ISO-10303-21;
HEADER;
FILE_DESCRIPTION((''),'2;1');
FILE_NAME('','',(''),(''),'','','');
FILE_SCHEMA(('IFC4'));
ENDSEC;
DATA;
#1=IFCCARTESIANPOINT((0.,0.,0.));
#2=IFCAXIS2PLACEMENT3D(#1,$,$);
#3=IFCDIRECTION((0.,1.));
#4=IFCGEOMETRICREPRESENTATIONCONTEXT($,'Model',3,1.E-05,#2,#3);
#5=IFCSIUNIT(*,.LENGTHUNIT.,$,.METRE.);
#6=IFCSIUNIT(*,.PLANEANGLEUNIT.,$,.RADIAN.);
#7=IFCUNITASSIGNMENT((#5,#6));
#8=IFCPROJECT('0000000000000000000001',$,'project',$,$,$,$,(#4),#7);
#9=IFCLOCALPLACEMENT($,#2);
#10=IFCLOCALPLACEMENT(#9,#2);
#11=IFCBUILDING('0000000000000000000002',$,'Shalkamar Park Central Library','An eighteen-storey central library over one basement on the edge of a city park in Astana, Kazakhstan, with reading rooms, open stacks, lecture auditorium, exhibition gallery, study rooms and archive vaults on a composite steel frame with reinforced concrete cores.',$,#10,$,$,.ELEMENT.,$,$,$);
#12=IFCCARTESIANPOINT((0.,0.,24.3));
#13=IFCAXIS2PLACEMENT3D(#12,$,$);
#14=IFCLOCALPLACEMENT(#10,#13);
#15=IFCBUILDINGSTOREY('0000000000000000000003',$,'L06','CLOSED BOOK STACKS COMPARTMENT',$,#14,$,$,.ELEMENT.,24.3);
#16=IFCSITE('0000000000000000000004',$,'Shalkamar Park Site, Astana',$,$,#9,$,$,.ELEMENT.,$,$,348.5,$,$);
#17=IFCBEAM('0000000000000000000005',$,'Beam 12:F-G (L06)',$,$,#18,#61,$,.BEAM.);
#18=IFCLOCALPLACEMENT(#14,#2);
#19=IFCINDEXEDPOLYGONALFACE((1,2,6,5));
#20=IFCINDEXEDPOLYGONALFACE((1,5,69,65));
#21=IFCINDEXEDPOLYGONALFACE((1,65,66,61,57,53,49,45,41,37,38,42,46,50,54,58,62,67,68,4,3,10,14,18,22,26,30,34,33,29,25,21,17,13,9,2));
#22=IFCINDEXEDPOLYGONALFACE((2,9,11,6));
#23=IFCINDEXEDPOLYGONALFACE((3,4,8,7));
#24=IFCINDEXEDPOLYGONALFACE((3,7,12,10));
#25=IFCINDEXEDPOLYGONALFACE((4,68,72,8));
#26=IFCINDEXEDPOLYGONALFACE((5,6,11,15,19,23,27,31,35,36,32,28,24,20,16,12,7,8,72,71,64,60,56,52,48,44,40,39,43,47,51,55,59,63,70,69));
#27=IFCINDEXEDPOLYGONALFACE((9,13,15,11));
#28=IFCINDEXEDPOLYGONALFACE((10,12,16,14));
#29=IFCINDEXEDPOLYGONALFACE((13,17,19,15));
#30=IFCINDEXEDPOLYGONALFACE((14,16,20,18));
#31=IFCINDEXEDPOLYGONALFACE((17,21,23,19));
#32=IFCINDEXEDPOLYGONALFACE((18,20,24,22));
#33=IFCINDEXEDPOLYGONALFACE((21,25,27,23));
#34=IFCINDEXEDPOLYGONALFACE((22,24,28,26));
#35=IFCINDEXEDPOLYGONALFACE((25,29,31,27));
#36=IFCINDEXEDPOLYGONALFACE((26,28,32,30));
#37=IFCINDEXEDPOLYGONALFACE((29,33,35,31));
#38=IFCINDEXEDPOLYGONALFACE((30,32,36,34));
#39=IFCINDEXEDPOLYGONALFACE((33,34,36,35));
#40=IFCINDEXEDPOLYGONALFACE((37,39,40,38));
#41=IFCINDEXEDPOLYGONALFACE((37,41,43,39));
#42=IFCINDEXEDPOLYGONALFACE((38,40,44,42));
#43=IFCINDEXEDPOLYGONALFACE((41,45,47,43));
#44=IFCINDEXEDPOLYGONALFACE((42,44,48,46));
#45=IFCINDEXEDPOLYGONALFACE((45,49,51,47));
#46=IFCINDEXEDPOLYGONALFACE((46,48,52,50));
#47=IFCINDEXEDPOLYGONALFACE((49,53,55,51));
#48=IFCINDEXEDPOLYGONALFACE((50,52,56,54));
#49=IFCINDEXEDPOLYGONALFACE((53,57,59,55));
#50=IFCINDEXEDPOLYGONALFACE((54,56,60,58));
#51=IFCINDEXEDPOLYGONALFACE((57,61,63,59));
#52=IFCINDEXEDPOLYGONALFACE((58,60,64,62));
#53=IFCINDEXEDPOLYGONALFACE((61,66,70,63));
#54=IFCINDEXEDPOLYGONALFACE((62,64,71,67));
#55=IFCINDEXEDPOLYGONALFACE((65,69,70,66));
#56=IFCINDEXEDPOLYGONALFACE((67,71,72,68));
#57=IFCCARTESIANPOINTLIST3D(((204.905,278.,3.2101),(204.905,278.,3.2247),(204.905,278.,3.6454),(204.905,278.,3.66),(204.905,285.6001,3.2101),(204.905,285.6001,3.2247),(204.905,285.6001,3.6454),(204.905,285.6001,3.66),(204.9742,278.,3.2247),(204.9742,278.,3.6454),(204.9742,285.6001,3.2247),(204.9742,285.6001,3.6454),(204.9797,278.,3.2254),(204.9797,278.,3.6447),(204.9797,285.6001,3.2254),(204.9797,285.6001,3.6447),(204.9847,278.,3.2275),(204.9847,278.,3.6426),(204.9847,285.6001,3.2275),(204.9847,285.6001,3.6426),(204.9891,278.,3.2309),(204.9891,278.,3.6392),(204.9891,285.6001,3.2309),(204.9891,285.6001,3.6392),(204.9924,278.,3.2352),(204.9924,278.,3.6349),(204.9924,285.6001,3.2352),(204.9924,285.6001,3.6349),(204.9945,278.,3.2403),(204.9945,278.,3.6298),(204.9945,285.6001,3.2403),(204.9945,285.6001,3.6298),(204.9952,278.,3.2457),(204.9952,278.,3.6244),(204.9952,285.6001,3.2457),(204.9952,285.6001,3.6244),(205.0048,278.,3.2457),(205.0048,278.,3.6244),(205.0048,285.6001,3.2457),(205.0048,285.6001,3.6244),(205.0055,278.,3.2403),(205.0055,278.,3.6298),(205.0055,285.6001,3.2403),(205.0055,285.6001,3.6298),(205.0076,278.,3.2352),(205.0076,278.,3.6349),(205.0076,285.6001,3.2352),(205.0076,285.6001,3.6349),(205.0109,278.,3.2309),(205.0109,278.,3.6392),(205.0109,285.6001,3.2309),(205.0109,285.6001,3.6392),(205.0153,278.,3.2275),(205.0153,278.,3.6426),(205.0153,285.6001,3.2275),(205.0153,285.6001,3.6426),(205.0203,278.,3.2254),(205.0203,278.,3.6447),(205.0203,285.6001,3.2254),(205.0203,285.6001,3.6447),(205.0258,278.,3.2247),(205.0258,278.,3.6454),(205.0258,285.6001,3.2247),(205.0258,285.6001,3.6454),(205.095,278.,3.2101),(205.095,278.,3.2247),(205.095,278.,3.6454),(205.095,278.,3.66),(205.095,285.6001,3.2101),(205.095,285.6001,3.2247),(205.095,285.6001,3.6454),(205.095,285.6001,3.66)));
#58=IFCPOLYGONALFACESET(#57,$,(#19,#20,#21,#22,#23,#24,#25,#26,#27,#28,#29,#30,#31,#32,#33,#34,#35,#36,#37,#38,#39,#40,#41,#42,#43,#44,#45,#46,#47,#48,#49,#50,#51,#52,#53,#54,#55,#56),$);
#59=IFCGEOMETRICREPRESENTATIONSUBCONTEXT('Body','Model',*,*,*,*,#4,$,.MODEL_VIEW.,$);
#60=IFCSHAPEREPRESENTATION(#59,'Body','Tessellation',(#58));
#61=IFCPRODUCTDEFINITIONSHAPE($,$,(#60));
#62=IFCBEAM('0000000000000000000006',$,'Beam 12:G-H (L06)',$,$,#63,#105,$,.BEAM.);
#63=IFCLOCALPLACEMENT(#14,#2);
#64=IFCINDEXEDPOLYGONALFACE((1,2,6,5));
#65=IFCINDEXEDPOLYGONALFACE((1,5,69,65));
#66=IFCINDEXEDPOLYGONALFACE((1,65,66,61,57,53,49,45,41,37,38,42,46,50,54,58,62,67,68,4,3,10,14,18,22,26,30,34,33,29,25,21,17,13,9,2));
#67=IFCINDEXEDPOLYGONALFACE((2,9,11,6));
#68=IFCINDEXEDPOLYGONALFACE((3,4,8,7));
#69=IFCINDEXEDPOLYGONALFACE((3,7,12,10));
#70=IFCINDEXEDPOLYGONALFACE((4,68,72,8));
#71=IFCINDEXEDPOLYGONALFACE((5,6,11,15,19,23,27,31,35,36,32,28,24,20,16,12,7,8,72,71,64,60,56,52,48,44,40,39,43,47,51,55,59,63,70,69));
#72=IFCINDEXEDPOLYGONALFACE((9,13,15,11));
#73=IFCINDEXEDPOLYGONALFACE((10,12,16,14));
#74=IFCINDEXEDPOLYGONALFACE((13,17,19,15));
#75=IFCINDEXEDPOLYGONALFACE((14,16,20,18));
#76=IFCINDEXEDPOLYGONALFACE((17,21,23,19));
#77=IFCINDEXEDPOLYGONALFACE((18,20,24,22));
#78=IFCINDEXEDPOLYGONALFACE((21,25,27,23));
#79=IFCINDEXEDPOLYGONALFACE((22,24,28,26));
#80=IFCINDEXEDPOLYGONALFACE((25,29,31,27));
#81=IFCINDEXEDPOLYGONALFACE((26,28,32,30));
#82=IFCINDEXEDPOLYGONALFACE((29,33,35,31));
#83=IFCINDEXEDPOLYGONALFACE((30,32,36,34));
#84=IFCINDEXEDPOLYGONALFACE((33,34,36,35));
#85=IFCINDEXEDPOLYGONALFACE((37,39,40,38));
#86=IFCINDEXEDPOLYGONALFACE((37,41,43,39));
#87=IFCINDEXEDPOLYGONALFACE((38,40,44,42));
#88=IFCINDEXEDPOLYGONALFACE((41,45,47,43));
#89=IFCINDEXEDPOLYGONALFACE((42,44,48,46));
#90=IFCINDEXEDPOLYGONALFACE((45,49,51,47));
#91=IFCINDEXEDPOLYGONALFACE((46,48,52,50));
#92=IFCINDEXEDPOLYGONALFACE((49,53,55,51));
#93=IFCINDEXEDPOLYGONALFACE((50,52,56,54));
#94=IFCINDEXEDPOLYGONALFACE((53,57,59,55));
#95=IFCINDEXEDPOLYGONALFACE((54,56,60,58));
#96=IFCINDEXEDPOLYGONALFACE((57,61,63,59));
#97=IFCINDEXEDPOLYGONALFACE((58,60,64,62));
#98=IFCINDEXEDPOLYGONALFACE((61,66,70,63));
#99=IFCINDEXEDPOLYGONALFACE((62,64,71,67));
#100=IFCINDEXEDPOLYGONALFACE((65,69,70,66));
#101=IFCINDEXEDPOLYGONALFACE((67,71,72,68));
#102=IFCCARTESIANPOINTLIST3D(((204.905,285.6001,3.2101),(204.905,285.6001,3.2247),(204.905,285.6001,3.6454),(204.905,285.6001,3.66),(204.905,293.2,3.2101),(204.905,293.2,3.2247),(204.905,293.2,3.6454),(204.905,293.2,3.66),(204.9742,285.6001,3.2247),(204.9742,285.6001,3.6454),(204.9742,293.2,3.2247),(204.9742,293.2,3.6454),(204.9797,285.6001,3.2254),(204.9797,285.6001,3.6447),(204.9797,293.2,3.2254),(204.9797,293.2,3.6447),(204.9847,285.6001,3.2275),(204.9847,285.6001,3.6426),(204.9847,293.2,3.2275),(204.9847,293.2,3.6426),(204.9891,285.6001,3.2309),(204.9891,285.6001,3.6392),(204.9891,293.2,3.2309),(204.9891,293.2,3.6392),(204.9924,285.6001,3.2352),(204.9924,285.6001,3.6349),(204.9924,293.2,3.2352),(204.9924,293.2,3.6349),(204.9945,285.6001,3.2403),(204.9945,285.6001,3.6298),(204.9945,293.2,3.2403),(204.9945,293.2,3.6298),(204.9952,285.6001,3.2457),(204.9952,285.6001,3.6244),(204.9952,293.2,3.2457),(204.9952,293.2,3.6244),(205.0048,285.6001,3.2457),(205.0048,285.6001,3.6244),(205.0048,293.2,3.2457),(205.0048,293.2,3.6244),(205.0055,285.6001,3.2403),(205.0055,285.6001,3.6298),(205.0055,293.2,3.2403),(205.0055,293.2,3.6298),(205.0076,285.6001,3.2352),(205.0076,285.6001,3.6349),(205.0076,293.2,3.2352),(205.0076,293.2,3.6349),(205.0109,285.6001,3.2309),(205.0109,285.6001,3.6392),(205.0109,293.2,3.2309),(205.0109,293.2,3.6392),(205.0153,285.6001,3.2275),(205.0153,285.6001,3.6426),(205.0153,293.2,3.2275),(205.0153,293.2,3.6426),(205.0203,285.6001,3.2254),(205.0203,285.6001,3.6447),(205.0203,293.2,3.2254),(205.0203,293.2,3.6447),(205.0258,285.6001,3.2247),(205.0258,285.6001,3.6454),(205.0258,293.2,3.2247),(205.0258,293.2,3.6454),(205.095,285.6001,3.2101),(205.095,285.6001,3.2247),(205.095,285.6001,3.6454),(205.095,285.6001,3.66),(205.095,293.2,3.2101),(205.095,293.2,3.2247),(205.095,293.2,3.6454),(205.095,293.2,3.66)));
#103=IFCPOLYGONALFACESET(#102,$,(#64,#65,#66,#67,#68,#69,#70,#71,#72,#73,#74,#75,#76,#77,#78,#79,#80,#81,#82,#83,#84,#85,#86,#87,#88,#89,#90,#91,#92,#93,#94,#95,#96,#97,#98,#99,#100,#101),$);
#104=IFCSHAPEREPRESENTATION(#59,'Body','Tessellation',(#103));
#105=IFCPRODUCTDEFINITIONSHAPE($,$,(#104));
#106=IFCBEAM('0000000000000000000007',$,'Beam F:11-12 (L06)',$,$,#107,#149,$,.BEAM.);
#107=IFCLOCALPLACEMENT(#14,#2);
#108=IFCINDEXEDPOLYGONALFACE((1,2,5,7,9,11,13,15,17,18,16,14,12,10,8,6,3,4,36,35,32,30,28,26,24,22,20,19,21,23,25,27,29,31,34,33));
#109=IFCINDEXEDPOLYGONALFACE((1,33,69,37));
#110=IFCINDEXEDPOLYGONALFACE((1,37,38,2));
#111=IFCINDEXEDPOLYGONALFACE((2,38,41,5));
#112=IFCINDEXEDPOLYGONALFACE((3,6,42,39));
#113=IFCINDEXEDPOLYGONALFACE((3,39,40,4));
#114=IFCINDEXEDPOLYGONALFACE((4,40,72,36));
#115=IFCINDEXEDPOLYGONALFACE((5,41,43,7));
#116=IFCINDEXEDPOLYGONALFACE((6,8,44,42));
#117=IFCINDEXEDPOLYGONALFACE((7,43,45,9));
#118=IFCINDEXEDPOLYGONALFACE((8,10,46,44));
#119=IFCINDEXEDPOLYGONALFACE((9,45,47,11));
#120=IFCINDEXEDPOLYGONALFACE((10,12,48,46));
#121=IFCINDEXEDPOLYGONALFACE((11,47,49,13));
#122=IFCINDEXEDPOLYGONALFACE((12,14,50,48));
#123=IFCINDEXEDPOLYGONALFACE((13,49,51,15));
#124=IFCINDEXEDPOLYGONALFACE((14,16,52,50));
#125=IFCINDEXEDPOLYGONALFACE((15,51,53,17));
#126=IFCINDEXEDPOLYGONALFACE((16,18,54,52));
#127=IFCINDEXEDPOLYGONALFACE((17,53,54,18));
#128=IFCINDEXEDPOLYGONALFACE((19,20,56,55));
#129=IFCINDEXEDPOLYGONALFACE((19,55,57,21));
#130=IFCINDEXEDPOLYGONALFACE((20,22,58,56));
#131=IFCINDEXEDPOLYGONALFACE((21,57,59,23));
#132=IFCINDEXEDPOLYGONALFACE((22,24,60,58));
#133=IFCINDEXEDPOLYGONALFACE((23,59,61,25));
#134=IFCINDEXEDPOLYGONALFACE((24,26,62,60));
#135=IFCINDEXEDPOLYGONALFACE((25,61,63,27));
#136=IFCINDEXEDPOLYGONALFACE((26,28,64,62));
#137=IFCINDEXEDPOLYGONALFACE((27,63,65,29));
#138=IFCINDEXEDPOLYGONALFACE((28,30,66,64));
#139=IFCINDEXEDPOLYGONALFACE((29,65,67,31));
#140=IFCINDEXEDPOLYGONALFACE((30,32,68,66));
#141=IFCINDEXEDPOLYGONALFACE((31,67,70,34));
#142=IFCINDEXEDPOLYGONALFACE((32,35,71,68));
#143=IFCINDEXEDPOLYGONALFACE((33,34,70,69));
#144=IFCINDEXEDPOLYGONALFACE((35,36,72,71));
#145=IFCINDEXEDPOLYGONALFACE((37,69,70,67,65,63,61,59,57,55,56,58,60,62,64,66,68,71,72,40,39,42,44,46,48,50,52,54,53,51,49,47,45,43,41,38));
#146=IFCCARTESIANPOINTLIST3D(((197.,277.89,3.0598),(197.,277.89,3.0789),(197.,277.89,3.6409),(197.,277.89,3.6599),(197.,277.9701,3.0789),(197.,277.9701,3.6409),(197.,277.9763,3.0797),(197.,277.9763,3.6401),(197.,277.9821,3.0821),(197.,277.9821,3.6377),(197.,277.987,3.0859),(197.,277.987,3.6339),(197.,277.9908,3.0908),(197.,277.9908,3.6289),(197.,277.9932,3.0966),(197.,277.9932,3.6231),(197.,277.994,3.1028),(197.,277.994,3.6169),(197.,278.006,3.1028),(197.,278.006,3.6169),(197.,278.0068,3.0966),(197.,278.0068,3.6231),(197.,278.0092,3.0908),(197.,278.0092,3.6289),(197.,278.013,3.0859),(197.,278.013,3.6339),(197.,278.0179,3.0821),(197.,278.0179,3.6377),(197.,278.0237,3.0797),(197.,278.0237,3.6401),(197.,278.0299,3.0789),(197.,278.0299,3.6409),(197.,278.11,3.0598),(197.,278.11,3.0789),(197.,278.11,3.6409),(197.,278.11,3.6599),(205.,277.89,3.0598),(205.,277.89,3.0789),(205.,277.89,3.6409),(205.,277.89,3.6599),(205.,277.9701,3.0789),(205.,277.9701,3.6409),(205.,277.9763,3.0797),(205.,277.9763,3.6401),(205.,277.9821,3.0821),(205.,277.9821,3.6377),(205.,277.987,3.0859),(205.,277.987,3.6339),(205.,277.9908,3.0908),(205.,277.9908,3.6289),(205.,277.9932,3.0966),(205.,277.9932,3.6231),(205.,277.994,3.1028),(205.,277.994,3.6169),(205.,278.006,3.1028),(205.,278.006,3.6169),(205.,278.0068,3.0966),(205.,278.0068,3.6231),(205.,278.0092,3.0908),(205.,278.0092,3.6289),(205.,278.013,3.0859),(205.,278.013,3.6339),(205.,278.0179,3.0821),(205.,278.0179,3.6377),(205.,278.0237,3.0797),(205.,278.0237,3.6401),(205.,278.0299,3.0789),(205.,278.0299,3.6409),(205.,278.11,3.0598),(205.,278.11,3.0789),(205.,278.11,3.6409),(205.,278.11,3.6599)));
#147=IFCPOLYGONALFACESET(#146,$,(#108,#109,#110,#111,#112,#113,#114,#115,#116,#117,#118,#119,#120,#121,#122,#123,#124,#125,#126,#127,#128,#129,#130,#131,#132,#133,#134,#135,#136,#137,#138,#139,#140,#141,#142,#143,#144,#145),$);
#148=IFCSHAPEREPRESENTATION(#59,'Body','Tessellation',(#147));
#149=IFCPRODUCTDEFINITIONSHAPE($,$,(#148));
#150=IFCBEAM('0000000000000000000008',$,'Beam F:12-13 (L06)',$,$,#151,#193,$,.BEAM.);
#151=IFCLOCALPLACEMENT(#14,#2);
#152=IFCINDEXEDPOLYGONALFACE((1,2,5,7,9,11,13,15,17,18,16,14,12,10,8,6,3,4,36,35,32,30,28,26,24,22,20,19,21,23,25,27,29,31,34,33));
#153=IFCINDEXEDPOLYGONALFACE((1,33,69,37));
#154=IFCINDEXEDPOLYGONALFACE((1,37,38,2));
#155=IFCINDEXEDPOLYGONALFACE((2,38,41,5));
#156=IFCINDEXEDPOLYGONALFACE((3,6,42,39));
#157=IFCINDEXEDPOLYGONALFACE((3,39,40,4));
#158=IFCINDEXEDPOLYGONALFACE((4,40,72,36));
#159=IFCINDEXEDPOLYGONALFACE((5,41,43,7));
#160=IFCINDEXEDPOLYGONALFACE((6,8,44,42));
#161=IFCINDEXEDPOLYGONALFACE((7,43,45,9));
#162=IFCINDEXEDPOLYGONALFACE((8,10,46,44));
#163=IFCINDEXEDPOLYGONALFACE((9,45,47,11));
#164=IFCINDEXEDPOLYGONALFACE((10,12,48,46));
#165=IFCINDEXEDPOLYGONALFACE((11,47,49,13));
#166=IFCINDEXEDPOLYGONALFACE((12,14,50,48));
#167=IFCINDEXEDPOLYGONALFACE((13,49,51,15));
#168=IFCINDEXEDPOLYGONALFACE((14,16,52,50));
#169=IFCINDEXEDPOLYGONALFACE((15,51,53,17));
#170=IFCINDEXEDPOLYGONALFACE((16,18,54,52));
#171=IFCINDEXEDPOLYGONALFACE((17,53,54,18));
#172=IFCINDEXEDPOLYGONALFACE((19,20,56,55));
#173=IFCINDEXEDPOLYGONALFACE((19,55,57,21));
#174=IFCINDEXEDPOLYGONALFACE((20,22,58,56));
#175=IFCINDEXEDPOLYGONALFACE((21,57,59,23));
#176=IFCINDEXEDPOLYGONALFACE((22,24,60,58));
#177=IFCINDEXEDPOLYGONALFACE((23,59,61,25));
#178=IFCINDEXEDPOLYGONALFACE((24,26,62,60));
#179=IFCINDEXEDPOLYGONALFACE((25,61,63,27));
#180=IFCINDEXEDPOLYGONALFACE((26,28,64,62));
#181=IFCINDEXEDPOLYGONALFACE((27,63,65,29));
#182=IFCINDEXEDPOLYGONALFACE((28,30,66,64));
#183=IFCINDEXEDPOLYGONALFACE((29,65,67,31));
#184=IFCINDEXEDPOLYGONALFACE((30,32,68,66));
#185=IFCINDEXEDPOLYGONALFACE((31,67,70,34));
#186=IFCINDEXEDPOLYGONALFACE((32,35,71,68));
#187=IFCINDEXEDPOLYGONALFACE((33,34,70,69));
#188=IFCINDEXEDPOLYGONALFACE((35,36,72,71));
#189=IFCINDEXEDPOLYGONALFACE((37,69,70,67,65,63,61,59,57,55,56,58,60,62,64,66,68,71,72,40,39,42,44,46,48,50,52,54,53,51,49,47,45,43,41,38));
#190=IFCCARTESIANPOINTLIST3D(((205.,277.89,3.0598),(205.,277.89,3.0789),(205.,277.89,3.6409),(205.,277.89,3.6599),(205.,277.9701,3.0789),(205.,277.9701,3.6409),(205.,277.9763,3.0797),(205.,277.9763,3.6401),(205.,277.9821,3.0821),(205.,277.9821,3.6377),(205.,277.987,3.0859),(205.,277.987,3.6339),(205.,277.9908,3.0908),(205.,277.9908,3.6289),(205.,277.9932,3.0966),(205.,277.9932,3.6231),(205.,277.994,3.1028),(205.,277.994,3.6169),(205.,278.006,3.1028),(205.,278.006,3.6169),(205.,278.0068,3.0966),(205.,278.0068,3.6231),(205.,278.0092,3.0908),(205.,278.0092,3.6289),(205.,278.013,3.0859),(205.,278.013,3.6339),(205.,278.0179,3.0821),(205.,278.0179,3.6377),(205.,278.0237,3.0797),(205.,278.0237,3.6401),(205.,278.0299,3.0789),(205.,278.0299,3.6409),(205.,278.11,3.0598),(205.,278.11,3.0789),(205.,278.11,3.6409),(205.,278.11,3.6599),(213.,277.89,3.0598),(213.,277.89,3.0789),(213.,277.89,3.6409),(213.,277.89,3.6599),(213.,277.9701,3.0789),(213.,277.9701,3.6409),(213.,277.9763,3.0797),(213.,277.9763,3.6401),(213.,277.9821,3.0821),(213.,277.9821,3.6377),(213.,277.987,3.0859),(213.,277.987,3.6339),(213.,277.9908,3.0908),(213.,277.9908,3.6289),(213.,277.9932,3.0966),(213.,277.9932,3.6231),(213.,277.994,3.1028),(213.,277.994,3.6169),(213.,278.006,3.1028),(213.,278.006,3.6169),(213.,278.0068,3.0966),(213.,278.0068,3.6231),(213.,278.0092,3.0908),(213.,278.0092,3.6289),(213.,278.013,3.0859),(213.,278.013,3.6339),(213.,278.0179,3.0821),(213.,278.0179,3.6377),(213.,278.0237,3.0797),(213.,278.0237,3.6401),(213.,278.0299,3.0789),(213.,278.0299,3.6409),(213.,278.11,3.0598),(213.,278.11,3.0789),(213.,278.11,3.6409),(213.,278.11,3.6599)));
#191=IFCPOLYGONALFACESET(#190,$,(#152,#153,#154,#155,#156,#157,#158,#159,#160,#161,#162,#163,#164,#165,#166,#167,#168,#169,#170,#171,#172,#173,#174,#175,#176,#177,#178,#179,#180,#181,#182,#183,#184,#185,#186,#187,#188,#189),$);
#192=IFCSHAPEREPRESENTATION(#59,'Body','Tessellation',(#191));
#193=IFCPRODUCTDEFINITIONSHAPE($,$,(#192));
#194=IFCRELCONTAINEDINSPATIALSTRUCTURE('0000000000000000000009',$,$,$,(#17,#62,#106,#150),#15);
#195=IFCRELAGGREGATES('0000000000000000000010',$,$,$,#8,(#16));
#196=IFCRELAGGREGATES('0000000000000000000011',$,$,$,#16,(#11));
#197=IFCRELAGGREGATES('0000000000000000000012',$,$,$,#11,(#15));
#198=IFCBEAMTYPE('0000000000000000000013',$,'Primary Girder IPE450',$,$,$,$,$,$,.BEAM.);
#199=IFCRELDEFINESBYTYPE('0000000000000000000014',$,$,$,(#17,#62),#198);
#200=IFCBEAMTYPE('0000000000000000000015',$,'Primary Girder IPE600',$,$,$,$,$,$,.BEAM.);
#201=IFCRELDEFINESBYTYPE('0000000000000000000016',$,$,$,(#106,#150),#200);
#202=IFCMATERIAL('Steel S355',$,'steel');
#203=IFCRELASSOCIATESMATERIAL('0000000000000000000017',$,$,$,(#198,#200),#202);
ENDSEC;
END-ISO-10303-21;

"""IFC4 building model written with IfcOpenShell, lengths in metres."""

from ifc_helpers import new_model, si_unit, direction, frame, origin, origin_2d, place, context, subcontext, project, spatial, i_section, extrude, material, material_profile, profile_set, type_object, element, save


model = new_model("IFC4")

# Units and contexts
model_context = context("Model", 3, precision=1e-05, world=origin(), true_north=direction((0.0, 1.0)))
body_context = subcontext(model_context, "Body", "Model", "MODEL_VIEW")
ifc_project = project(units=[si_unit("LENGTHUNIT", "METRE"), si_unit("PLANEANGLEUNIT", "RADIAN")], contexts=[model_context])

# Site, building, storey
site_placement = place(None, origin())
site = spatial("IfcSite", under=ifc_project, at=site_placement, Name="Shalkamar Park Site, Astana", CompositionType="ELEMENT", RefElevation=348.5)
building_placement = place(site_placement, origin())
building = spatial("IfcBuilding", under=site, at=building_placement, Name="Shalkamar Park Central Library", Description="An eighteen-storey central library over one basement on the edge of a city park in Astana, Kazakhstan, with reading rooms, open stacks, lecture auditorium, exhibition gallery, study rooms and archive vaults on a composite steel frame with reinforced concrete cores.", CompositionType="ELEMENT")
storey_placement = place(building_placement, frame((0.0, 0.0, 24.3)))
storey = spatial("IfcBuildingStorey", under=building, at=storey_placement, Name="L06", Description="CLOSED BOOK STACKS COMPARTMENT", CompositionType="ELEMENT", Elevation=24.3)

# Shared definitions
ifc_material_1 = material(Name="Steel S355", Category="steel")

# Beams
ifc_material_profile_1 = material_profile(ifc_material_1, i_section(OverallWidth=0.1899, OverallDepth=0.45, WebThickness=0.0095, FlangeThickness=0.0146, FilletRadius=0.021, at=origin_2d()), Name="IPE 450")
ifc_profile_set_1 = profile_set([ifc_material_profile_1], Name="Steel S355")
beam_type_1 = type_object("IfcBeamType", Name="Primary Girder IPE450", PredefinedType="BEAM", material=ifc_profile_set_1)
beam_1_placement = place(storey_placement, frame((205.0, 278.0, 3.4351), z_axis=(0.0, 1.0, 0.0), x_axis=(-1.0, 0.0, 0.0)))
element("IfcBeam", 1, at=beam_1_placement, inside=storey, type_object=beam_type_1, Name="Beam 12:F-G (L06)", PredefinedType="BEAM", context=body_context, shape_type="SweptSolid", body=[
    extrude(i_section(OverallWidth=0.1899, OverallDepth=0.45, WebThickness=0.0095, FlangeThickness=0.0146, FilletRadius=0.021, at=origin_2d()), origin(), (0.0, 0.0, 1.0), 7.6001),
])
beam_2_placement = place(storey_placement, frame((205.0, 285.6001, 3.4351), z_axis=(0.0, 1.0, 0.0), x_axis=(-1.0, 0.0, 0.0)))
element("IfcBeam", 2, at=beam_2_placement, inside=storey, type_object=beam_type_1, Name="Beam 12:G-H (L06)", PredefinedType="BEAM", context=body_context, shape_type="SweptSolid", body=[
    extrude(i_section(OverallWidth=0.1899, OverallDepth=0.45, WebThickness=0.0095, FlangeThickness=0.0146, FilletRadius=0.021, at=origin_2d()), origin(), (0.0, 0.0, 1.0), 7.5999),
])
ifc_material_profile_2 = material_profile(ifc_material_1, i_section(OverallWidth=0.22, OverallDepth=0.6001, WebThickness=0.012, FlangeThickness=0.019, FilletRadius=0.0239, at=origin_2d()), Name="IPE 600")
ifc_profile_set_2 = profile_set([ifc_material_profile_2], Name="Steel S355")
beam_type_2 = type_object("IfcBeamType", Name="Primary Girder IPE600", PredefinedType="BEAM", material=ifc_profile_set_2)
for number, where, z_axis, x_axis, name in (
    (3, (197.0, 278.0, 3.3599), (1.0, 0.0, 0.0), (0.0, 1.0, 0.0), "Beam F:11-12 (L06)"),
    (4, (205.0, 278.0, 3.3599), (1.0, 0.0, 0.0), (0.0, 1.0, 0.0), "Beam F:12-13 (L06)"),
):
    element("IfcBeam", number, at=place(storey_placement, frame(where, z_axis=z_axis, x_axis=x_axis)), inside=storey, type_object=beam_type_2, Name=name, PredefinedType="BEAM", context=body_context, shape_type="SweptSolid", body=[
        extrude(i_section(OverallWidth=0.22, OverallDepth=0.6001, WebThickness=0.012, FlangeThickness=0.019, FilletRadius=0.0239, at=origin_2d()), origin(), (0.0, 0.0, 1.0), 8.0),
    ])

save(model, "model.ifc")
